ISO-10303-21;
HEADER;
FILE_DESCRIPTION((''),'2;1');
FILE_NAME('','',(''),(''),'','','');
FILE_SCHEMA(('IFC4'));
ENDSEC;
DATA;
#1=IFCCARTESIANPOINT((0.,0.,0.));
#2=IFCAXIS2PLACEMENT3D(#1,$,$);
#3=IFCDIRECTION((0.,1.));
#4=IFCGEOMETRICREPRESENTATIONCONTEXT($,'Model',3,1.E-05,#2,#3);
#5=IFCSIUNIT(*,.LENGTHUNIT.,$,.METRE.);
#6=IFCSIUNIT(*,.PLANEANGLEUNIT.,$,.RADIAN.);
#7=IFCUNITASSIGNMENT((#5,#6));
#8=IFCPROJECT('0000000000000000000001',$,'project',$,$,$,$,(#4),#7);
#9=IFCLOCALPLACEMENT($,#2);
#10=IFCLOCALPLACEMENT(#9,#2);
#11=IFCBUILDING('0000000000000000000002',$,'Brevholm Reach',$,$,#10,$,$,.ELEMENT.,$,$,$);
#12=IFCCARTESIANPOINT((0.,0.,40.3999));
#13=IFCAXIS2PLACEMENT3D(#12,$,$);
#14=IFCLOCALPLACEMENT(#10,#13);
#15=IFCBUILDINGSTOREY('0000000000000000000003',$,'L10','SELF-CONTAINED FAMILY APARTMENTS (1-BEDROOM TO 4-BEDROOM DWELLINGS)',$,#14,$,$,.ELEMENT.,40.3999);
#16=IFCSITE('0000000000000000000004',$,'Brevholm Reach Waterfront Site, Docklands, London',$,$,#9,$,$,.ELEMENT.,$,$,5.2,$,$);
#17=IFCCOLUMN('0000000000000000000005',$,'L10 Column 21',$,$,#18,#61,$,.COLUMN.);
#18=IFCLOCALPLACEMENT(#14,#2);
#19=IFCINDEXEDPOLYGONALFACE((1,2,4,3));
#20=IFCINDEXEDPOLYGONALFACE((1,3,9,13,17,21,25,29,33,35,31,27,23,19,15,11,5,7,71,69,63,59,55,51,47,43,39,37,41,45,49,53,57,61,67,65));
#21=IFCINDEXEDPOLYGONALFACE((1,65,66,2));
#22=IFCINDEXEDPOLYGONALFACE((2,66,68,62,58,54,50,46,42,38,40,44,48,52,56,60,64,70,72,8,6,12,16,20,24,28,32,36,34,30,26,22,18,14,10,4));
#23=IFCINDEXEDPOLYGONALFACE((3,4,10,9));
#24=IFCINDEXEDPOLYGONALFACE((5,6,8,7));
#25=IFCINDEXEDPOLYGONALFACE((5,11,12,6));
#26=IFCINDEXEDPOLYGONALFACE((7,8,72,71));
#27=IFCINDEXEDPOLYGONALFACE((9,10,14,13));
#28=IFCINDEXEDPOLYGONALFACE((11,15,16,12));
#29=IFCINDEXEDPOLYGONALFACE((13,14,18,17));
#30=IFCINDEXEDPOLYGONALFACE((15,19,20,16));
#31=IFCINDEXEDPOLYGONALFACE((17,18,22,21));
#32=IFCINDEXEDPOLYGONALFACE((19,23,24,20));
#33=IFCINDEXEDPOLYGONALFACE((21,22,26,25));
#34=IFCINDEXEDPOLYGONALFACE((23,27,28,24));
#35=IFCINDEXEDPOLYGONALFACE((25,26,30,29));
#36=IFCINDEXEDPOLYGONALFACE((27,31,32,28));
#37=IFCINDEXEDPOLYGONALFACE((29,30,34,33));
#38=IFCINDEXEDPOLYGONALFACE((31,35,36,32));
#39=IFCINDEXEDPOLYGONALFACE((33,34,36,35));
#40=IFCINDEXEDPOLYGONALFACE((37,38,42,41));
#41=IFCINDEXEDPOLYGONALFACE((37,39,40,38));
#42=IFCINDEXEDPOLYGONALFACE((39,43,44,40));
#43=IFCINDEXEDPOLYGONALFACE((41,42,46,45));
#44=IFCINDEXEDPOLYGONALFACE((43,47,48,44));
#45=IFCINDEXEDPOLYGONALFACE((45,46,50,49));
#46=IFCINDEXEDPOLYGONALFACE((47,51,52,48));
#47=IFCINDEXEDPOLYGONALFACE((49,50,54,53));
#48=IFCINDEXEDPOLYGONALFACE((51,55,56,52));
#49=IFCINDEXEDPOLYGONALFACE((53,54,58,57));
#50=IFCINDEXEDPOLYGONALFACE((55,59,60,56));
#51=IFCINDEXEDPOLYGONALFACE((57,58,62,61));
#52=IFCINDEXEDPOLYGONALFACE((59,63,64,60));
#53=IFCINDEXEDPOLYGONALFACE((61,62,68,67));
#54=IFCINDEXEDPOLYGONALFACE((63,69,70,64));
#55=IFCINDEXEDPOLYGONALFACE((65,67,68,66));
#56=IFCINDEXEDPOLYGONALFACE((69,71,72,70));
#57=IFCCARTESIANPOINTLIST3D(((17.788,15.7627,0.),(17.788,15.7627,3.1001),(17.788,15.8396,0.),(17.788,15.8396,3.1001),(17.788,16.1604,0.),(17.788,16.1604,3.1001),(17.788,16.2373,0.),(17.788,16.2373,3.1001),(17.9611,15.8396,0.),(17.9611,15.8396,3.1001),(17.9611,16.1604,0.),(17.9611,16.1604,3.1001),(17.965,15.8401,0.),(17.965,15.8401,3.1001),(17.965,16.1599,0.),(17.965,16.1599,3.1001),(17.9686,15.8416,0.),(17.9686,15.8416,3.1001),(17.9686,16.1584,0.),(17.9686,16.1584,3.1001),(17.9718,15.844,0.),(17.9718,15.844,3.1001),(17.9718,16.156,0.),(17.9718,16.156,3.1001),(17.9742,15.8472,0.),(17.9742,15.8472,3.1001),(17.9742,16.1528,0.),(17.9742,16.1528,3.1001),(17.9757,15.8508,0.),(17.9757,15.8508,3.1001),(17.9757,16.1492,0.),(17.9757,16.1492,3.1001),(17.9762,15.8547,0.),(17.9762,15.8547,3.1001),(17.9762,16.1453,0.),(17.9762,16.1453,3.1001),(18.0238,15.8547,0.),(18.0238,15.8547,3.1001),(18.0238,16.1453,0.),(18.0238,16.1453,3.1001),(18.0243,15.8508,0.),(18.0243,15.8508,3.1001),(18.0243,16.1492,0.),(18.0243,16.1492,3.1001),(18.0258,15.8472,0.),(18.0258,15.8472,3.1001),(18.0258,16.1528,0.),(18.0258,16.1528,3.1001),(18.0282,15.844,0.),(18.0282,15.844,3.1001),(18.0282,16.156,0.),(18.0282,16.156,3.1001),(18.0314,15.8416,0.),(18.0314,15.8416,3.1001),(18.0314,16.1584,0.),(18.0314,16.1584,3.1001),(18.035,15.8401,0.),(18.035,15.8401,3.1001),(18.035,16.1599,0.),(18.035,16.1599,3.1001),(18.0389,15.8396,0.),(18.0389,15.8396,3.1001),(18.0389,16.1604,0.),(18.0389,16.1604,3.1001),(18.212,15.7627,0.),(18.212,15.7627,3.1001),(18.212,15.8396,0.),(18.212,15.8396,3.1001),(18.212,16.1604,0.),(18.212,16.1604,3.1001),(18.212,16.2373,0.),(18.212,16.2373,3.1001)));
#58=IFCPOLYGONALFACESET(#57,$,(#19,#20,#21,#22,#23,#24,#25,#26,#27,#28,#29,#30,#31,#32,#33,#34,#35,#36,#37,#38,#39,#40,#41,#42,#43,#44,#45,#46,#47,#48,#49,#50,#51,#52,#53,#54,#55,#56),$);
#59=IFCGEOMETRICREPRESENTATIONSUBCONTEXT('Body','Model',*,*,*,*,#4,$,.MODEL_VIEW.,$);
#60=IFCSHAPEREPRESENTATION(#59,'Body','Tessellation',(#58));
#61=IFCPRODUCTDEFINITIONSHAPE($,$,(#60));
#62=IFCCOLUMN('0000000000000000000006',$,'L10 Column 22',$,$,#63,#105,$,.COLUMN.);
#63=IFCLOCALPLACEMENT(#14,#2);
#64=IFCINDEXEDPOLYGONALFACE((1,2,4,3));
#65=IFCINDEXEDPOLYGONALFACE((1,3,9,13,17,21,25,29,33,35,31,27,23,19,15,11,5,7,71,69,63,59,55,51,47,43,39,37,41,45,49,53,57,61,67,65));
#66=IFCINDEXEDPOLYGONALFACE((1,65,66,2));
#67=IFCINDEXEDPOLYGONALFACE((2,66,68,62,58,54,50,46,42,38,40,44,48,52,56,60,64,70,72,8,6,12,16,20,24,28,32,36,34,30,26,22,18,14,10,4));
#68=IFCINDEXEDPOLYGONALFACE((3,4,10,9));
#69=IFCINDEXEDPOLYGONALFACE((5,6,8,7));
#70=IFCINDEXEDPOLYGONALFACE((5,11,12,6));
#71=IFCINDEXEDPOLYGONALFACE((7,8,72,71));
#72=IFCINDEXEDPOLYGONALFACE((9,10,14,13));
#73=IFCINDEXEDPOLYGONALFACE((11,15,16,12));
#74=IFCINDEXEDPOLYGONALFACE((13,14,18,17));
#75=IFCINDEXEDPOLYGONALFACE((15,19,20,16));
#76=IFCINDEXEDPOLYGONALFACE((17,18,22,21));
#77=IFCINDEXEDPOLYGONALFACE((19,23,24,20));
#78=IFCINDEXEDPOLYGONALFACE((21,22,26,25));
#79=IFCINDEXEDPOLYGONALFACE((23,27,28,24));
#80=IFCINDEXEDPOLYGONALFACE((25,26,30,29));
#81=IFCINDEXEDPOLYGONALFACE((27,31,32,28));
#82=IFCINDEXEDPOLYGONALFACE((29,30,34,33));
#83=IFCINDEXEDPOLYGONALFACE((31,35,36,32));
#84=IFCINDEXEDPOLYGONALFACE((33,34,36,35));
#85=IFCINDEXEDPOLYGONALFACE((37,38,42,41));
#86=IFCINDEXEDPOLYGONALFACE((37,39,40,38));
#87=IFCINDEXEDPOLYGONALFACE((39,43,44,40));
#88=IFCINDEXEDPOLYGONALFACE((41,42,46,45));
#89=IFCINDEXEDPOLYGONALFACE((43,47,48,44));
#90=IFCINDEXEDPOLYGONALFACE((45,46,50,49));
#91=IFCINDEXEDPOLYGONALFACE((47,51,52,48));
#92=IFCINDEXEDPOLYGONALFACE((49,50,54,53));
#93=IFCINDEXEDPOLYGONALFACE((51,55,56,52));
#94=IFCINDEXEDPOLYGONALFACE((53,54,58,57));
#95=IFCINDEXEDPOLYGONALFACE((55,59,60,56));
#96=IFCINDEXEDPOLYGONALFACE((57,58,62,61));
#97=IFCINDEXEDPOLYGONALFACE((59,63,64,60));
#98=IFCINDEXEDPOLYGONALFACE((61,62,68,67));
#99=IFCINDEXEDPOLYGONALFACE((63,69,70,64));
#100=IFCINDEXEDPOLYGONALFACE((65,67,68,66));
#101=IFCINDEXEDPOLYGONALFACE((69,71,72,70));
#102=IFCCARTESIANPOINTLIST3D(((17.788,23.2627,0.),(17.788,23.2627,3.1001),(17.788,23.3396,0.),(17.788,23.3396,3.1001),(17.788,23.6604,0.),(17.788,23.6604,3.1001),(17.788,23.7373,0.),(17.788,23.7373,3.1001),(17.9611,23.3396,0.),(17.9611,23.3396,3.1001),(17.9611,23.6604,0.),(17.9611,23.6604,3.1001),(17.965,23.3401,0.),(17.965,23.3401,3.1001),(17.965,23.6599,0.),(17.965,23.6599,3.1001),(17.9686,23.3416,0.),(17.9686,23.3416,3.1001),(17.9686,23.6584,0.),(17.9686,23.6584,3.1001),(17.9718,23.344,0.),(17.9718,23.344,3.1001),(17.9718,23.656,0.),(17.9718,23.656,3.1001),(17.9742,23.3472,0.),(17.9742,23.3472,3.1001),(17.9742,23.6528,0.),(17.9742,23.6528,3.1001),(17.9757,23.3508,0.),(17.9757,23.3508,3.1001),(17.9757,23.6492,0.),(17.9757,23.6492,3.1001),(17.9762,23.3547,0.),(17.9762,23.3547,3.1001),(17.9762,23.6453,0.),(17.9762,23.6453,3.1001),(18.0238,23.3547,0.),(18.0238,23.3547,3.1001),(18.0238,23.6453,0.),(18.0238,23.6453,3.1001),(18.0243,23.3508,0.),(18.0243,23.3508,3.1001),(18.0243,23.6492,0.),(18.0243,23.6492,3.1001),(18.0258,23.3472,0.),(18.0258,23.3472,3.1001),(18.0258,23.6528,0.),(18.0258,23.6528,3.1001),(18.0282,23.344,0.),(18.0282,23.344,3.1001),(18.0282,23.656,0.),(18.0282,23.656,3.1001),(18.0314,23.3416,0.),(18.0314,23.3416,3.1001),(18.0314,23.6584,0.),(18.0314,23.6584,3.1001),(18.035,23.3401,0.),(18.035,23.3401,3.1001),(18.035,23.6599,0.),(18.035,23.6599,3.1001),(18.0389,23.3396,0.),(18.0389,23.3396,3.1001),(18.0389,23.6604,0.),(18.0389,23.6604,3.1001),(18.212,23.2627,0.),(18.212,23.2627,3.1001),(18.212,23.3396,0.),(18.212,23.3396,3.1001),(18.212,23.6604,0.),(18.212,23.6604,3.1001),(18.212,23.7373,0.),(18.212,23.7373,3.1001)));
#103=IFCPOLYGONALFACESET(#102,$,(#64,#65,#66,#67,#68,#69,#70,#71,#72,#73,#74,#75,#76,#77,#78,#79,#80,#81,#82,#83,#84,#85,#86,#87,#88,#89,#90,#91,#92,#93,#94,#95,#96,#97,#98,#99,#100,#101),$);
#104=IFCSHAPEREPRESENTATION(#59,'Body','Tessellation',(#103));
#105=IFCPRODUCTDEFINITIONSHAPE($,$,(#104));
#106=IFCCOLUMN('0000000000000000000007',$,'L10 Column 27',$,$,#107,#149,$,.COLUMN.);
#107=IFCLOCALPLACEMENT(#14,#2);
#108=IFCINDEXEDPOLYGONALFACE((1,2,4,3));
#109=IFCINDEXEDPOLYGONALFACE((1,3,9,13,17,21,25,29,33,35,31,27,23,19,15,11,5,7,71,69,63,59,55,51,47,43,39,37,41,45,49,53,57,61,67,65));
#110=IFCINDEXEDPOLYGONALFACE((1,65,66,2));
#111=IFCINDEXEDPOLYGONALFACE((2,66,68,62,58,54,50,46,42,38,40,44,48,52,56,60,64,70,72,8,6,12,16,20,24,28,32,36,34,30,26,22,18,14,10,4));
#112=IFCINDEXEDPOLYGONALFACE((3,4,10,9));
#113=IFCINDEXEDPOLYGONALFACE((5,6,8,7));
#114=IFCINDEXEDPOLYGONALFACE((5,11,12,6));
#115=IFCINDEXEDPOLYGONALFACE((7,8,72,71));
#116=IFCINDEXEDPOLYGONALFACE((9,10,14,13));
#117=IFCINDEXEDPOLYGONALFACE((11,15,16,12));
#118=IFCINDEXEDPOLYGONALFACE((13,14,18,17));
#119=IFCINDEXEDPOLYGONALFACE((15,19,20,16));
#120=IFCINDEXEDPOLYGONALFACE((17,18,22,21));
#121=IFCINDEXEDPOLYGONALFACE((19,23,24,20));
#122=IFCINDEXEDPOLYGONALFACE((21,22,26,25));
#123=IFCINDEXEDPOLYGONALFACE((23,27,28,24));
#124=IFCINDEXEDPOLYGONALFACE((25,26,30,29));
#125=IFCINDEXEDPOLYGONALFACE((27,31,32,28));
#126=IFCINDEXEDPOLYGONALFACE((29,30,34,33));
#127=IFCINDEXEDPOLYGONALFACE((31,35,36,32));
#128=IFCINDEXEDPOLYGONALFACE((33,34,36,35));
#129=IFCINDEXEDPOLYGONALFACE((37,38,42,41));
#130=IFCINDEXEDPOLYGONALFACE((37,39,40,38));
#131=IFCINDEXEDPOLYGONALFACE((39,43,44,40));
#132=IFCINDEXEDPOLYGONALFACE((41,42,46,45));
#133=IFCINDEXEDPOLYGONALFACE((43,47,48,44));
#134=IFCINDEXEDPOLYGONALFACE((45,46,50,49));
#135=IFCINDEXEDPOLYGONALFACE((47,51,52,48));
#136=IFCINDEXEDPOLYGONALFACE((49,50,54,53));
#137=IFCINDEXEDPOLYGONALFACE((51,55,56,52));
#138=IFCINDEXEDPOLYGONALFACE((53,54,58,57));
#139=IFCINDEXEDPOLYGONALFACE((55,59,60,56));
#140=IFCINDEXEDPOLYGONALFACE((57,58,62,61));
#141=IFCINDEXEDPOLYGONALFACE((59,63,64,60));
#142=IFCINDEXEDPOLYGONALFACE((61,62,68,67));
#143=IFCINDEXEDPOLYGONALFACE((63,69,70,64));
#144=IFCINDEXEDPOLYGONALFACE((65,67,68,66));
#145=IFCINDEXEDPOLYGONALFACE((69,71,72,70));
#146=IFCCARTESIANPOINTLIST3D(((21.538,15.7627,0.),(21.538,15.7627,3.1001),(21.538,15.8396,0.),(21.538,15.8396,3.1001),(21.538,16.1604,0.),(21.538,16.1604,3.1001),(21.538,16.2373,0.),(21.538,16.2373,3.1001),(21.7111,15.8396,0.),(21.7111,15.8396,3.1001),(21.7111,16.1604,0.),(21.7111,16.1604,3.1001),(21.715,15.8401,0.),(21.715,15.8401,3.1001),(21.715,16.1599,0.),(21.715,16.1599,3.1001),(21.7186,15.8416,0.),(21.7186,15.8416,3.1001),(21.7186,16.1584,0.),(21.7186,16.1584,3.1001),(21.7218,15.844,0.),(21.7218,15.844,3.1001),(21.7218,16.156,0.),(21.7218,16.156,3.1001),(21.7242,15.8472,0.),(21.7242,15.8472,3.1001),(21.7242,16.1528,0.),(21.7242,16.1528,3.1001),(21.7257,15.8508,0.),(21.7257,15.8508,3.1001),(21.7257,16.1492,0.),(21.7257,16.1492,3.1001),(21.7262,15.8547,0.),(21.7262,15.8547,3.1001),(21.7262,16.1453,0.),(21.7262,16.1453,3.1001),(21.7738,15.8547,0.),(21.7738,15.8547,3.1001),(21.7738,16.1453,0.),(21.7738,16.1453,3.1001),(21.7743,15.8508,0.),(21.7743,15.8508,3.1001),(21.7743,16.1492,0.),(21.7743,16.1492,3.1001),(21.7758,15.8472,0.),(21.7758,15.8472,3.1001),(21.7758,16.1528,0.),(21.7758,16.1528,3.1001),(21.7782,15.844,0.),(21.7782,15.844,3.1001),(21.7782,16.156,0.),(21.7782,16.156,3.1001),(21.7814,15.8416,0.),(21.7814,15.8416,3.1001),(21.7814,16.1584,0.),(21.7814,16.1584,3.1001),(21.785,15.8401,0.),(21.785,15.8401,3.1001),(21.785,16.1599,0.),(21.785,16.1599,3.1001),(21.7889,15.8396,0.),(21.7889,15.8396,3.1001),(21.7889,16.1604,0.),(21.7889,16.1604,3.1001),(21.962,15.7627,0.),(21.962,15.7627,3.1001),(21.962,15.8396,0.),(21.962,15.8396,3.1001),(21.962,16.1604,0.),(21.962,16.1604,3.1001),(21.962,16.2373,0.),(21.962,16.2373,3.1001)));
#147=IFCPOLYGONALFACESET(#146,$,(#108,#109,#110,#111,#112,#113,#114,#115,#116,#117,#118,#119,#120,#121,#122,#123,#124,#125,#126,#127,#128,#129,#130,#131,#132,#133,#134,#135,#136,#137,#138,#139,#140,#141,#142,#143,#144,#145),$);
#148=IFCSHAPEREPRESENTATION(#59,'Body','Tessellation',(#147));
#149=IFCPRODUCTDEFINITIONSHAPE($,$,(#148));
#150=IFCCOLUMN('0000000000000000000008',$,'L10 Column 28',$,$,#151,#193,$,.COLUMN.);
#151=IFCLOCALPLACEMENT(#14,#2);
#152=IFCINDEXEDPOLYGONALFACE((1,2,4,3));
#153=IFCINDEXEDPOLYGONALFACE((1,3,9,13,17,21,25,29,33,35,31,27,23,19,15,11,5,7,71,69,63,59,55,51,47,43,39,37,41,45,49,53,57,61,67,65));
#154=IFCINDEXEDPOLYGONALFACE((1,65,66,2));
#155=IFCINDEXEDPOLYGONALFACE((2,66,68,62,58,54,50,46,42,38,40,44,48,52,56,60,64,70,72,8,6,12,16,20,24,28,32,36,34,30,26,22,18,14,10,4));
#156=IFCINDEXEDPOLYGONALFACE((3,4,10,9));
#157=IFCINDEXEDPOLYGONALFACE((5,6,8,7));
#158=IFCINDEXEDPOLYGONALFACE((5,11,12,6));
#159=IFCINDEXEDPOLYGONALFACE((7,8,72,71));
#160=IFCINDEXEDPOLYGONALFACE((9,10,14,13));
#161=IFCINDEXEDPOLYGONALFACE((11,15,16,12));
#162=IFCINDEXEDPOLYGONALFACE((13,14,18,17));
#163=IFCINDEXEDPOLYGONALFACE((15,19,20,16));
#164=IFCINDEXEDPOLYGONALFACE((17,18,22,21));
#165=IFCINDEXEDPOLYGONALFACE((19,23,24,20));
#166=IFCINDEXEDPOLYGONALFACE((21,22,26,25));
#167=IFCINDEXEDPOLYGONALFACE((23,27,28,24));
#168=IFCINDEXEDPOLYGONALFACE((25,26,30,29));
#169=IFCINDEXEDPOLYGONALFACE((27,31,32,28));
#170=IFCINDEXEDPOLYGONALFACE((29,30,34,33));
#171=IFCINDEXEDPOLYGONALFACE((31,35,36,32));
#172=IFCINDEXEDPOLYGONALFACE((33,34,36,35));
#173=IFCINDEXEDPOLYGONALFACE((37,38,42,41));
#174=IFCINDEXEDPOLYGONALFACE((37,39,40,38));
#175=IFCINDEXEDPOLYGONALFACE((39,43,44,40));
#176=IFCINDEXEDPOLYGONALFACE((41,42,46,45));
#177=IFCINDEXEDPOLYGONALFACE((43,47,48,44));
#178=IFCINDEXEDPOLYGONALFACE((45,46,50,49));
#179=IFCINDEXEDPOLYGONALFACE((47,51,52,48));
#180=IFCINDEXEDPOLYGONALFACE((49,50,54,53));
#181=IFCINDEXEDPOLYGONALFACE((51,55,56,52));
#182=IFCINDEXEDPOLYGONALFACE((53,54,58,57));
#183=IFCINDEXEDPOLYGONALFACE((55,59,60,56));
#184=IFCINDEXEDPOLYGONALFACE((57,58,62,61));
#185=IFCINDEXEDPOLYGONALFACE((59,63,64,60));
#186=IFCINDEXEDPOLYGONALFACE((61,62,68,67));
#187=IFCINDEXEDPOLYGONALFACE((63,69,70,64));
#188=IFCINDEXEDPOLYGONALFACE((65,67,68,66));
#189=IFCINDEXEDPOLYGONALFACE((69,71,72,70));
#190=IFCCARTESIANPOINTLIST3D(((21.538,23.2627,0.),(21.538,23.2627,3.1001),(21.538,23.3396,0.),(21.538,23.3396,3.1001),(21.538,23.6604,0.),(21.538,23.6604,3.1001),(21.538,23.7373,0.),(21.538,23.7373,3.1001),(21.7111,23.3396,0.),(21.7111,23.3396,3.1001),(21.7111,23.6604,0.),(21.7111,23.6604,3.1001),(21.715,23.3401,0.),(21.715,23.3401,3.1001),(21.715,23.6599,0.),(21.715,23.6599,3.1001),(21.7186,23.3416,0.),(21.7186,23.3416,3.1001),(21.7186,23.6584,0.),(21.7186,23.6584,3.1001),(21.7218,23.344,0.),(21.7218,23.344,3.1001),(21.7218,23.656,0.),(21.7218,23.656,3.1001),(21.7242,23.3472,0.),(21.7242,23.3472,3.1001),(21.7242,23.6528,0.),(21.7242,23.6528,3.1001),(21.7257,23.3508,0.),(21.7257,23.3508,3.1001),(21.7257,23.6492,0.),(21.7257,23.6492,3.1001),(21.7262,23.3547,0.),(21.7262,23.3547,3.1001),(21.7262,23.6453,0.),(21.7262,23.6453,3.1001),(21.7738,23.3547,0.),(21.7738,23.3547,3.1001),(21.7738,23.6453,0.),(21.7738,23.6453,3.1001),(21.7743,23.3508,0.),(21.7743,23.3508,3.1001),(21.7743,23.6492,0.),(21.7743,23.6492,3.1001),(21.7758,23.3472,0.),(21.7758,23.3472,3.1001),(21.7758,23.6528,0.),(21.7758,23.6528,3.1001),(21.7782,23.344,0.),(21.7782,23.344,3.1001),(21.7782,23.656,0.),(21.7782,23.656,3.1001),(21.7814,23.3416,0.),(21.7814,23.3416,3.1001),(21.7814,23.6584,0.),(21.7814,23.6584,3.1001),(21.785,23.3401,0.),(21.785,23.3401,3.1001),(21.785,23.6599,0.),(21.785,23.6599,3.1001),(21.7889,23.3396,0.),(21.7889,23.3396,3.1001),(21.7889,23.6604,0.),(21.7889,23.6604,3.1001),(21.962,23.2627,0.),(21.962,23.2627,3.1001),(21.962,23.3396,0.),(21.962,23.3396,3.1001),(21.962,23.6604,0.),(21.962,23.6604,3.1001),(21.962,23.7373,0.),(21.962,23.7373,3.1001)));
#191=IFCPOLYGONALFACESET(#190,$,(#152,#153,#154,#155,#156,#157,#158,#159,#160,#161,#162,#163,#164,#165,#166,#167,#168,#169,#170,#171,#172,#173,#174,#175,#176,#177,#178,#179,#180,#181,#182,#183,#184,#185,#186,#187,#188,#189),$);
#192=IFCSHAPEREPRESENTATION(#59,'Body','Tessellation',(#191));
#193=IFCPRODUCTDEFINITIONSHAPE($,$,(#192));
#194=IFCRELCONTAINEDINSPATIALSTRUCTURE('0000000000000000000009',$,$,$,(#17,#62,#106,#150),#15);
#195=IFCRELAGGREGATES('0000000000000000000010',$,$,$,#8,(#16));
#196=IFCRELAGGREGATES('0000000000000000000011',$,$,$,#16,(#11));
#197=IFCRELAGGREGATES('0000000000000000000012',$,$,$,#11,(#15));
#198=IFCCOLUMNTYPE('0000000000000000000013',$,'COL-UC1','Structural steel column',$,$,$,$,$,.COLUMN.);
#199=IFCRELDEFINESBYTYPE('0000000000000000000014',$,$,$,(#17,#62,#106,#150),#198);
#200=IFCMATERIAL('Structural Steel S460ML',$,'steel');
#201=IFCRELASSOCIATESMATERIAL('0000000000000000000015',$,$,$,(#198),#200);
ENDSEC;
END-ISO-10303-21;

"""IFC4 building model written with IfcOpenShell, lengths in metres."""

from ifc_helpers import new_model, si_unit, direction, frame, origin, origin_2d, place, context, subcontext, project, spatial, i_section, extrude, material, material_profile, profile_set, type_object, element, save


model = new_model("IFC4")

# Units and contexts
model_context = context("Model", 3, precision=1e-05, world=origin(), true_north=direction((0.0, 1.0)))
body_context = subcontext(model_context, "Body", "Model", "MODEL_VIEW")
ifc_project = project(units=[si_unit("LENGTHUNIT", "METRE"), si_unit("PLANEANGLEUNIT", "RADIAN")], contexts=[model_context])

# Site, building, storey
site_placement = place(None, origin())
site = spatial("IfcSite", under=ifc_project, at=site_placement, Name="Brevholm Reach Waterfront Site, Docklands, London", CompositionType="ELEMENT", RefElevation=5.2)
building_placement = place(site_placement, origin())
building = spatial("IfcBuilding", under=site, at=building_placement, Name="Brevholm Reach", CompositionType="ELEMENT")
storey_placement = place(building_placement, frame((0.0, 0.0, 40.3999)))
storey = spatial("IfcBuildingStorey", under=building, at=storey_placement, Name="L10", Description="SELF-CONTAINED FAMILY APARTMENTS (1-BEDROOM TO 4-BEDROOM DWELLINGS)", CompositionType="ELEMENT", Elevation=40.3999)

# Columns
ifc_material_1 = material(Name="Structural Steel S460ML", Category="steel")
ifc_material_profile_1 = material_profile(ifc_material_1, i_section(OverallWidth=0.4241, OverallDepth=0.4746, WebThickness=0.0476, FlangeThickness=0.0769, FilletRadius=0.0151, at=origin_2d()), Name="UKC 356x406x634")
ifc_profile_set_1 = profile_set([ifc_material_profile_1], Name="Structural Steel S460ML")
column_type = type_object("IfcColumnType", Name="COL-UC1", Description="Structural steel column", PredefinedType="COLUMN", material=ifc_profile_set_1)
for number, where, z_axis, x_axis, name in (
    (1, (18.0, 16.0, 0.0), (0.0, 0.0, 1.0), (1.0, 0.0, 0.0), "L10 Column 21"),
    (2, (18.0, 23.5, 0.0), (0.0, 0.0, 1.0), (1.0, 0.0, 0.0), "L10 Column 22"),
    (3, (21.75, 16.0, 0.0), (0.0, 0.0, 1.0), (1.0, 0.0, 0.0), "L10 Column 27"),
    (4, (21.75, 23.5, 0.0), (0.0, 0.0, 1.0), (1.0, 0.0, 0.0), "L10 Column 28"),
):
    element("IfcColumn", number, at=place(storey_placement, frame(where, z_axis=z_axis, x_axis=x_axis)), inside=storey, type_object=column_type, Name=name, PredefinedType="COLUMN", context=body_context, shape_type="SweptSolid", body=[
        extrude(i_section(OverallWidth=0.4241, OverallDepth=0.4746, WebThickness=0.0476, FlangeThickness=0.0769, FilletRadius=0.0151, at=origin_2d()), origin(), (0.0, 0.0, 1.0), 3.1001),
    ])

save(model, "model.ifc")
